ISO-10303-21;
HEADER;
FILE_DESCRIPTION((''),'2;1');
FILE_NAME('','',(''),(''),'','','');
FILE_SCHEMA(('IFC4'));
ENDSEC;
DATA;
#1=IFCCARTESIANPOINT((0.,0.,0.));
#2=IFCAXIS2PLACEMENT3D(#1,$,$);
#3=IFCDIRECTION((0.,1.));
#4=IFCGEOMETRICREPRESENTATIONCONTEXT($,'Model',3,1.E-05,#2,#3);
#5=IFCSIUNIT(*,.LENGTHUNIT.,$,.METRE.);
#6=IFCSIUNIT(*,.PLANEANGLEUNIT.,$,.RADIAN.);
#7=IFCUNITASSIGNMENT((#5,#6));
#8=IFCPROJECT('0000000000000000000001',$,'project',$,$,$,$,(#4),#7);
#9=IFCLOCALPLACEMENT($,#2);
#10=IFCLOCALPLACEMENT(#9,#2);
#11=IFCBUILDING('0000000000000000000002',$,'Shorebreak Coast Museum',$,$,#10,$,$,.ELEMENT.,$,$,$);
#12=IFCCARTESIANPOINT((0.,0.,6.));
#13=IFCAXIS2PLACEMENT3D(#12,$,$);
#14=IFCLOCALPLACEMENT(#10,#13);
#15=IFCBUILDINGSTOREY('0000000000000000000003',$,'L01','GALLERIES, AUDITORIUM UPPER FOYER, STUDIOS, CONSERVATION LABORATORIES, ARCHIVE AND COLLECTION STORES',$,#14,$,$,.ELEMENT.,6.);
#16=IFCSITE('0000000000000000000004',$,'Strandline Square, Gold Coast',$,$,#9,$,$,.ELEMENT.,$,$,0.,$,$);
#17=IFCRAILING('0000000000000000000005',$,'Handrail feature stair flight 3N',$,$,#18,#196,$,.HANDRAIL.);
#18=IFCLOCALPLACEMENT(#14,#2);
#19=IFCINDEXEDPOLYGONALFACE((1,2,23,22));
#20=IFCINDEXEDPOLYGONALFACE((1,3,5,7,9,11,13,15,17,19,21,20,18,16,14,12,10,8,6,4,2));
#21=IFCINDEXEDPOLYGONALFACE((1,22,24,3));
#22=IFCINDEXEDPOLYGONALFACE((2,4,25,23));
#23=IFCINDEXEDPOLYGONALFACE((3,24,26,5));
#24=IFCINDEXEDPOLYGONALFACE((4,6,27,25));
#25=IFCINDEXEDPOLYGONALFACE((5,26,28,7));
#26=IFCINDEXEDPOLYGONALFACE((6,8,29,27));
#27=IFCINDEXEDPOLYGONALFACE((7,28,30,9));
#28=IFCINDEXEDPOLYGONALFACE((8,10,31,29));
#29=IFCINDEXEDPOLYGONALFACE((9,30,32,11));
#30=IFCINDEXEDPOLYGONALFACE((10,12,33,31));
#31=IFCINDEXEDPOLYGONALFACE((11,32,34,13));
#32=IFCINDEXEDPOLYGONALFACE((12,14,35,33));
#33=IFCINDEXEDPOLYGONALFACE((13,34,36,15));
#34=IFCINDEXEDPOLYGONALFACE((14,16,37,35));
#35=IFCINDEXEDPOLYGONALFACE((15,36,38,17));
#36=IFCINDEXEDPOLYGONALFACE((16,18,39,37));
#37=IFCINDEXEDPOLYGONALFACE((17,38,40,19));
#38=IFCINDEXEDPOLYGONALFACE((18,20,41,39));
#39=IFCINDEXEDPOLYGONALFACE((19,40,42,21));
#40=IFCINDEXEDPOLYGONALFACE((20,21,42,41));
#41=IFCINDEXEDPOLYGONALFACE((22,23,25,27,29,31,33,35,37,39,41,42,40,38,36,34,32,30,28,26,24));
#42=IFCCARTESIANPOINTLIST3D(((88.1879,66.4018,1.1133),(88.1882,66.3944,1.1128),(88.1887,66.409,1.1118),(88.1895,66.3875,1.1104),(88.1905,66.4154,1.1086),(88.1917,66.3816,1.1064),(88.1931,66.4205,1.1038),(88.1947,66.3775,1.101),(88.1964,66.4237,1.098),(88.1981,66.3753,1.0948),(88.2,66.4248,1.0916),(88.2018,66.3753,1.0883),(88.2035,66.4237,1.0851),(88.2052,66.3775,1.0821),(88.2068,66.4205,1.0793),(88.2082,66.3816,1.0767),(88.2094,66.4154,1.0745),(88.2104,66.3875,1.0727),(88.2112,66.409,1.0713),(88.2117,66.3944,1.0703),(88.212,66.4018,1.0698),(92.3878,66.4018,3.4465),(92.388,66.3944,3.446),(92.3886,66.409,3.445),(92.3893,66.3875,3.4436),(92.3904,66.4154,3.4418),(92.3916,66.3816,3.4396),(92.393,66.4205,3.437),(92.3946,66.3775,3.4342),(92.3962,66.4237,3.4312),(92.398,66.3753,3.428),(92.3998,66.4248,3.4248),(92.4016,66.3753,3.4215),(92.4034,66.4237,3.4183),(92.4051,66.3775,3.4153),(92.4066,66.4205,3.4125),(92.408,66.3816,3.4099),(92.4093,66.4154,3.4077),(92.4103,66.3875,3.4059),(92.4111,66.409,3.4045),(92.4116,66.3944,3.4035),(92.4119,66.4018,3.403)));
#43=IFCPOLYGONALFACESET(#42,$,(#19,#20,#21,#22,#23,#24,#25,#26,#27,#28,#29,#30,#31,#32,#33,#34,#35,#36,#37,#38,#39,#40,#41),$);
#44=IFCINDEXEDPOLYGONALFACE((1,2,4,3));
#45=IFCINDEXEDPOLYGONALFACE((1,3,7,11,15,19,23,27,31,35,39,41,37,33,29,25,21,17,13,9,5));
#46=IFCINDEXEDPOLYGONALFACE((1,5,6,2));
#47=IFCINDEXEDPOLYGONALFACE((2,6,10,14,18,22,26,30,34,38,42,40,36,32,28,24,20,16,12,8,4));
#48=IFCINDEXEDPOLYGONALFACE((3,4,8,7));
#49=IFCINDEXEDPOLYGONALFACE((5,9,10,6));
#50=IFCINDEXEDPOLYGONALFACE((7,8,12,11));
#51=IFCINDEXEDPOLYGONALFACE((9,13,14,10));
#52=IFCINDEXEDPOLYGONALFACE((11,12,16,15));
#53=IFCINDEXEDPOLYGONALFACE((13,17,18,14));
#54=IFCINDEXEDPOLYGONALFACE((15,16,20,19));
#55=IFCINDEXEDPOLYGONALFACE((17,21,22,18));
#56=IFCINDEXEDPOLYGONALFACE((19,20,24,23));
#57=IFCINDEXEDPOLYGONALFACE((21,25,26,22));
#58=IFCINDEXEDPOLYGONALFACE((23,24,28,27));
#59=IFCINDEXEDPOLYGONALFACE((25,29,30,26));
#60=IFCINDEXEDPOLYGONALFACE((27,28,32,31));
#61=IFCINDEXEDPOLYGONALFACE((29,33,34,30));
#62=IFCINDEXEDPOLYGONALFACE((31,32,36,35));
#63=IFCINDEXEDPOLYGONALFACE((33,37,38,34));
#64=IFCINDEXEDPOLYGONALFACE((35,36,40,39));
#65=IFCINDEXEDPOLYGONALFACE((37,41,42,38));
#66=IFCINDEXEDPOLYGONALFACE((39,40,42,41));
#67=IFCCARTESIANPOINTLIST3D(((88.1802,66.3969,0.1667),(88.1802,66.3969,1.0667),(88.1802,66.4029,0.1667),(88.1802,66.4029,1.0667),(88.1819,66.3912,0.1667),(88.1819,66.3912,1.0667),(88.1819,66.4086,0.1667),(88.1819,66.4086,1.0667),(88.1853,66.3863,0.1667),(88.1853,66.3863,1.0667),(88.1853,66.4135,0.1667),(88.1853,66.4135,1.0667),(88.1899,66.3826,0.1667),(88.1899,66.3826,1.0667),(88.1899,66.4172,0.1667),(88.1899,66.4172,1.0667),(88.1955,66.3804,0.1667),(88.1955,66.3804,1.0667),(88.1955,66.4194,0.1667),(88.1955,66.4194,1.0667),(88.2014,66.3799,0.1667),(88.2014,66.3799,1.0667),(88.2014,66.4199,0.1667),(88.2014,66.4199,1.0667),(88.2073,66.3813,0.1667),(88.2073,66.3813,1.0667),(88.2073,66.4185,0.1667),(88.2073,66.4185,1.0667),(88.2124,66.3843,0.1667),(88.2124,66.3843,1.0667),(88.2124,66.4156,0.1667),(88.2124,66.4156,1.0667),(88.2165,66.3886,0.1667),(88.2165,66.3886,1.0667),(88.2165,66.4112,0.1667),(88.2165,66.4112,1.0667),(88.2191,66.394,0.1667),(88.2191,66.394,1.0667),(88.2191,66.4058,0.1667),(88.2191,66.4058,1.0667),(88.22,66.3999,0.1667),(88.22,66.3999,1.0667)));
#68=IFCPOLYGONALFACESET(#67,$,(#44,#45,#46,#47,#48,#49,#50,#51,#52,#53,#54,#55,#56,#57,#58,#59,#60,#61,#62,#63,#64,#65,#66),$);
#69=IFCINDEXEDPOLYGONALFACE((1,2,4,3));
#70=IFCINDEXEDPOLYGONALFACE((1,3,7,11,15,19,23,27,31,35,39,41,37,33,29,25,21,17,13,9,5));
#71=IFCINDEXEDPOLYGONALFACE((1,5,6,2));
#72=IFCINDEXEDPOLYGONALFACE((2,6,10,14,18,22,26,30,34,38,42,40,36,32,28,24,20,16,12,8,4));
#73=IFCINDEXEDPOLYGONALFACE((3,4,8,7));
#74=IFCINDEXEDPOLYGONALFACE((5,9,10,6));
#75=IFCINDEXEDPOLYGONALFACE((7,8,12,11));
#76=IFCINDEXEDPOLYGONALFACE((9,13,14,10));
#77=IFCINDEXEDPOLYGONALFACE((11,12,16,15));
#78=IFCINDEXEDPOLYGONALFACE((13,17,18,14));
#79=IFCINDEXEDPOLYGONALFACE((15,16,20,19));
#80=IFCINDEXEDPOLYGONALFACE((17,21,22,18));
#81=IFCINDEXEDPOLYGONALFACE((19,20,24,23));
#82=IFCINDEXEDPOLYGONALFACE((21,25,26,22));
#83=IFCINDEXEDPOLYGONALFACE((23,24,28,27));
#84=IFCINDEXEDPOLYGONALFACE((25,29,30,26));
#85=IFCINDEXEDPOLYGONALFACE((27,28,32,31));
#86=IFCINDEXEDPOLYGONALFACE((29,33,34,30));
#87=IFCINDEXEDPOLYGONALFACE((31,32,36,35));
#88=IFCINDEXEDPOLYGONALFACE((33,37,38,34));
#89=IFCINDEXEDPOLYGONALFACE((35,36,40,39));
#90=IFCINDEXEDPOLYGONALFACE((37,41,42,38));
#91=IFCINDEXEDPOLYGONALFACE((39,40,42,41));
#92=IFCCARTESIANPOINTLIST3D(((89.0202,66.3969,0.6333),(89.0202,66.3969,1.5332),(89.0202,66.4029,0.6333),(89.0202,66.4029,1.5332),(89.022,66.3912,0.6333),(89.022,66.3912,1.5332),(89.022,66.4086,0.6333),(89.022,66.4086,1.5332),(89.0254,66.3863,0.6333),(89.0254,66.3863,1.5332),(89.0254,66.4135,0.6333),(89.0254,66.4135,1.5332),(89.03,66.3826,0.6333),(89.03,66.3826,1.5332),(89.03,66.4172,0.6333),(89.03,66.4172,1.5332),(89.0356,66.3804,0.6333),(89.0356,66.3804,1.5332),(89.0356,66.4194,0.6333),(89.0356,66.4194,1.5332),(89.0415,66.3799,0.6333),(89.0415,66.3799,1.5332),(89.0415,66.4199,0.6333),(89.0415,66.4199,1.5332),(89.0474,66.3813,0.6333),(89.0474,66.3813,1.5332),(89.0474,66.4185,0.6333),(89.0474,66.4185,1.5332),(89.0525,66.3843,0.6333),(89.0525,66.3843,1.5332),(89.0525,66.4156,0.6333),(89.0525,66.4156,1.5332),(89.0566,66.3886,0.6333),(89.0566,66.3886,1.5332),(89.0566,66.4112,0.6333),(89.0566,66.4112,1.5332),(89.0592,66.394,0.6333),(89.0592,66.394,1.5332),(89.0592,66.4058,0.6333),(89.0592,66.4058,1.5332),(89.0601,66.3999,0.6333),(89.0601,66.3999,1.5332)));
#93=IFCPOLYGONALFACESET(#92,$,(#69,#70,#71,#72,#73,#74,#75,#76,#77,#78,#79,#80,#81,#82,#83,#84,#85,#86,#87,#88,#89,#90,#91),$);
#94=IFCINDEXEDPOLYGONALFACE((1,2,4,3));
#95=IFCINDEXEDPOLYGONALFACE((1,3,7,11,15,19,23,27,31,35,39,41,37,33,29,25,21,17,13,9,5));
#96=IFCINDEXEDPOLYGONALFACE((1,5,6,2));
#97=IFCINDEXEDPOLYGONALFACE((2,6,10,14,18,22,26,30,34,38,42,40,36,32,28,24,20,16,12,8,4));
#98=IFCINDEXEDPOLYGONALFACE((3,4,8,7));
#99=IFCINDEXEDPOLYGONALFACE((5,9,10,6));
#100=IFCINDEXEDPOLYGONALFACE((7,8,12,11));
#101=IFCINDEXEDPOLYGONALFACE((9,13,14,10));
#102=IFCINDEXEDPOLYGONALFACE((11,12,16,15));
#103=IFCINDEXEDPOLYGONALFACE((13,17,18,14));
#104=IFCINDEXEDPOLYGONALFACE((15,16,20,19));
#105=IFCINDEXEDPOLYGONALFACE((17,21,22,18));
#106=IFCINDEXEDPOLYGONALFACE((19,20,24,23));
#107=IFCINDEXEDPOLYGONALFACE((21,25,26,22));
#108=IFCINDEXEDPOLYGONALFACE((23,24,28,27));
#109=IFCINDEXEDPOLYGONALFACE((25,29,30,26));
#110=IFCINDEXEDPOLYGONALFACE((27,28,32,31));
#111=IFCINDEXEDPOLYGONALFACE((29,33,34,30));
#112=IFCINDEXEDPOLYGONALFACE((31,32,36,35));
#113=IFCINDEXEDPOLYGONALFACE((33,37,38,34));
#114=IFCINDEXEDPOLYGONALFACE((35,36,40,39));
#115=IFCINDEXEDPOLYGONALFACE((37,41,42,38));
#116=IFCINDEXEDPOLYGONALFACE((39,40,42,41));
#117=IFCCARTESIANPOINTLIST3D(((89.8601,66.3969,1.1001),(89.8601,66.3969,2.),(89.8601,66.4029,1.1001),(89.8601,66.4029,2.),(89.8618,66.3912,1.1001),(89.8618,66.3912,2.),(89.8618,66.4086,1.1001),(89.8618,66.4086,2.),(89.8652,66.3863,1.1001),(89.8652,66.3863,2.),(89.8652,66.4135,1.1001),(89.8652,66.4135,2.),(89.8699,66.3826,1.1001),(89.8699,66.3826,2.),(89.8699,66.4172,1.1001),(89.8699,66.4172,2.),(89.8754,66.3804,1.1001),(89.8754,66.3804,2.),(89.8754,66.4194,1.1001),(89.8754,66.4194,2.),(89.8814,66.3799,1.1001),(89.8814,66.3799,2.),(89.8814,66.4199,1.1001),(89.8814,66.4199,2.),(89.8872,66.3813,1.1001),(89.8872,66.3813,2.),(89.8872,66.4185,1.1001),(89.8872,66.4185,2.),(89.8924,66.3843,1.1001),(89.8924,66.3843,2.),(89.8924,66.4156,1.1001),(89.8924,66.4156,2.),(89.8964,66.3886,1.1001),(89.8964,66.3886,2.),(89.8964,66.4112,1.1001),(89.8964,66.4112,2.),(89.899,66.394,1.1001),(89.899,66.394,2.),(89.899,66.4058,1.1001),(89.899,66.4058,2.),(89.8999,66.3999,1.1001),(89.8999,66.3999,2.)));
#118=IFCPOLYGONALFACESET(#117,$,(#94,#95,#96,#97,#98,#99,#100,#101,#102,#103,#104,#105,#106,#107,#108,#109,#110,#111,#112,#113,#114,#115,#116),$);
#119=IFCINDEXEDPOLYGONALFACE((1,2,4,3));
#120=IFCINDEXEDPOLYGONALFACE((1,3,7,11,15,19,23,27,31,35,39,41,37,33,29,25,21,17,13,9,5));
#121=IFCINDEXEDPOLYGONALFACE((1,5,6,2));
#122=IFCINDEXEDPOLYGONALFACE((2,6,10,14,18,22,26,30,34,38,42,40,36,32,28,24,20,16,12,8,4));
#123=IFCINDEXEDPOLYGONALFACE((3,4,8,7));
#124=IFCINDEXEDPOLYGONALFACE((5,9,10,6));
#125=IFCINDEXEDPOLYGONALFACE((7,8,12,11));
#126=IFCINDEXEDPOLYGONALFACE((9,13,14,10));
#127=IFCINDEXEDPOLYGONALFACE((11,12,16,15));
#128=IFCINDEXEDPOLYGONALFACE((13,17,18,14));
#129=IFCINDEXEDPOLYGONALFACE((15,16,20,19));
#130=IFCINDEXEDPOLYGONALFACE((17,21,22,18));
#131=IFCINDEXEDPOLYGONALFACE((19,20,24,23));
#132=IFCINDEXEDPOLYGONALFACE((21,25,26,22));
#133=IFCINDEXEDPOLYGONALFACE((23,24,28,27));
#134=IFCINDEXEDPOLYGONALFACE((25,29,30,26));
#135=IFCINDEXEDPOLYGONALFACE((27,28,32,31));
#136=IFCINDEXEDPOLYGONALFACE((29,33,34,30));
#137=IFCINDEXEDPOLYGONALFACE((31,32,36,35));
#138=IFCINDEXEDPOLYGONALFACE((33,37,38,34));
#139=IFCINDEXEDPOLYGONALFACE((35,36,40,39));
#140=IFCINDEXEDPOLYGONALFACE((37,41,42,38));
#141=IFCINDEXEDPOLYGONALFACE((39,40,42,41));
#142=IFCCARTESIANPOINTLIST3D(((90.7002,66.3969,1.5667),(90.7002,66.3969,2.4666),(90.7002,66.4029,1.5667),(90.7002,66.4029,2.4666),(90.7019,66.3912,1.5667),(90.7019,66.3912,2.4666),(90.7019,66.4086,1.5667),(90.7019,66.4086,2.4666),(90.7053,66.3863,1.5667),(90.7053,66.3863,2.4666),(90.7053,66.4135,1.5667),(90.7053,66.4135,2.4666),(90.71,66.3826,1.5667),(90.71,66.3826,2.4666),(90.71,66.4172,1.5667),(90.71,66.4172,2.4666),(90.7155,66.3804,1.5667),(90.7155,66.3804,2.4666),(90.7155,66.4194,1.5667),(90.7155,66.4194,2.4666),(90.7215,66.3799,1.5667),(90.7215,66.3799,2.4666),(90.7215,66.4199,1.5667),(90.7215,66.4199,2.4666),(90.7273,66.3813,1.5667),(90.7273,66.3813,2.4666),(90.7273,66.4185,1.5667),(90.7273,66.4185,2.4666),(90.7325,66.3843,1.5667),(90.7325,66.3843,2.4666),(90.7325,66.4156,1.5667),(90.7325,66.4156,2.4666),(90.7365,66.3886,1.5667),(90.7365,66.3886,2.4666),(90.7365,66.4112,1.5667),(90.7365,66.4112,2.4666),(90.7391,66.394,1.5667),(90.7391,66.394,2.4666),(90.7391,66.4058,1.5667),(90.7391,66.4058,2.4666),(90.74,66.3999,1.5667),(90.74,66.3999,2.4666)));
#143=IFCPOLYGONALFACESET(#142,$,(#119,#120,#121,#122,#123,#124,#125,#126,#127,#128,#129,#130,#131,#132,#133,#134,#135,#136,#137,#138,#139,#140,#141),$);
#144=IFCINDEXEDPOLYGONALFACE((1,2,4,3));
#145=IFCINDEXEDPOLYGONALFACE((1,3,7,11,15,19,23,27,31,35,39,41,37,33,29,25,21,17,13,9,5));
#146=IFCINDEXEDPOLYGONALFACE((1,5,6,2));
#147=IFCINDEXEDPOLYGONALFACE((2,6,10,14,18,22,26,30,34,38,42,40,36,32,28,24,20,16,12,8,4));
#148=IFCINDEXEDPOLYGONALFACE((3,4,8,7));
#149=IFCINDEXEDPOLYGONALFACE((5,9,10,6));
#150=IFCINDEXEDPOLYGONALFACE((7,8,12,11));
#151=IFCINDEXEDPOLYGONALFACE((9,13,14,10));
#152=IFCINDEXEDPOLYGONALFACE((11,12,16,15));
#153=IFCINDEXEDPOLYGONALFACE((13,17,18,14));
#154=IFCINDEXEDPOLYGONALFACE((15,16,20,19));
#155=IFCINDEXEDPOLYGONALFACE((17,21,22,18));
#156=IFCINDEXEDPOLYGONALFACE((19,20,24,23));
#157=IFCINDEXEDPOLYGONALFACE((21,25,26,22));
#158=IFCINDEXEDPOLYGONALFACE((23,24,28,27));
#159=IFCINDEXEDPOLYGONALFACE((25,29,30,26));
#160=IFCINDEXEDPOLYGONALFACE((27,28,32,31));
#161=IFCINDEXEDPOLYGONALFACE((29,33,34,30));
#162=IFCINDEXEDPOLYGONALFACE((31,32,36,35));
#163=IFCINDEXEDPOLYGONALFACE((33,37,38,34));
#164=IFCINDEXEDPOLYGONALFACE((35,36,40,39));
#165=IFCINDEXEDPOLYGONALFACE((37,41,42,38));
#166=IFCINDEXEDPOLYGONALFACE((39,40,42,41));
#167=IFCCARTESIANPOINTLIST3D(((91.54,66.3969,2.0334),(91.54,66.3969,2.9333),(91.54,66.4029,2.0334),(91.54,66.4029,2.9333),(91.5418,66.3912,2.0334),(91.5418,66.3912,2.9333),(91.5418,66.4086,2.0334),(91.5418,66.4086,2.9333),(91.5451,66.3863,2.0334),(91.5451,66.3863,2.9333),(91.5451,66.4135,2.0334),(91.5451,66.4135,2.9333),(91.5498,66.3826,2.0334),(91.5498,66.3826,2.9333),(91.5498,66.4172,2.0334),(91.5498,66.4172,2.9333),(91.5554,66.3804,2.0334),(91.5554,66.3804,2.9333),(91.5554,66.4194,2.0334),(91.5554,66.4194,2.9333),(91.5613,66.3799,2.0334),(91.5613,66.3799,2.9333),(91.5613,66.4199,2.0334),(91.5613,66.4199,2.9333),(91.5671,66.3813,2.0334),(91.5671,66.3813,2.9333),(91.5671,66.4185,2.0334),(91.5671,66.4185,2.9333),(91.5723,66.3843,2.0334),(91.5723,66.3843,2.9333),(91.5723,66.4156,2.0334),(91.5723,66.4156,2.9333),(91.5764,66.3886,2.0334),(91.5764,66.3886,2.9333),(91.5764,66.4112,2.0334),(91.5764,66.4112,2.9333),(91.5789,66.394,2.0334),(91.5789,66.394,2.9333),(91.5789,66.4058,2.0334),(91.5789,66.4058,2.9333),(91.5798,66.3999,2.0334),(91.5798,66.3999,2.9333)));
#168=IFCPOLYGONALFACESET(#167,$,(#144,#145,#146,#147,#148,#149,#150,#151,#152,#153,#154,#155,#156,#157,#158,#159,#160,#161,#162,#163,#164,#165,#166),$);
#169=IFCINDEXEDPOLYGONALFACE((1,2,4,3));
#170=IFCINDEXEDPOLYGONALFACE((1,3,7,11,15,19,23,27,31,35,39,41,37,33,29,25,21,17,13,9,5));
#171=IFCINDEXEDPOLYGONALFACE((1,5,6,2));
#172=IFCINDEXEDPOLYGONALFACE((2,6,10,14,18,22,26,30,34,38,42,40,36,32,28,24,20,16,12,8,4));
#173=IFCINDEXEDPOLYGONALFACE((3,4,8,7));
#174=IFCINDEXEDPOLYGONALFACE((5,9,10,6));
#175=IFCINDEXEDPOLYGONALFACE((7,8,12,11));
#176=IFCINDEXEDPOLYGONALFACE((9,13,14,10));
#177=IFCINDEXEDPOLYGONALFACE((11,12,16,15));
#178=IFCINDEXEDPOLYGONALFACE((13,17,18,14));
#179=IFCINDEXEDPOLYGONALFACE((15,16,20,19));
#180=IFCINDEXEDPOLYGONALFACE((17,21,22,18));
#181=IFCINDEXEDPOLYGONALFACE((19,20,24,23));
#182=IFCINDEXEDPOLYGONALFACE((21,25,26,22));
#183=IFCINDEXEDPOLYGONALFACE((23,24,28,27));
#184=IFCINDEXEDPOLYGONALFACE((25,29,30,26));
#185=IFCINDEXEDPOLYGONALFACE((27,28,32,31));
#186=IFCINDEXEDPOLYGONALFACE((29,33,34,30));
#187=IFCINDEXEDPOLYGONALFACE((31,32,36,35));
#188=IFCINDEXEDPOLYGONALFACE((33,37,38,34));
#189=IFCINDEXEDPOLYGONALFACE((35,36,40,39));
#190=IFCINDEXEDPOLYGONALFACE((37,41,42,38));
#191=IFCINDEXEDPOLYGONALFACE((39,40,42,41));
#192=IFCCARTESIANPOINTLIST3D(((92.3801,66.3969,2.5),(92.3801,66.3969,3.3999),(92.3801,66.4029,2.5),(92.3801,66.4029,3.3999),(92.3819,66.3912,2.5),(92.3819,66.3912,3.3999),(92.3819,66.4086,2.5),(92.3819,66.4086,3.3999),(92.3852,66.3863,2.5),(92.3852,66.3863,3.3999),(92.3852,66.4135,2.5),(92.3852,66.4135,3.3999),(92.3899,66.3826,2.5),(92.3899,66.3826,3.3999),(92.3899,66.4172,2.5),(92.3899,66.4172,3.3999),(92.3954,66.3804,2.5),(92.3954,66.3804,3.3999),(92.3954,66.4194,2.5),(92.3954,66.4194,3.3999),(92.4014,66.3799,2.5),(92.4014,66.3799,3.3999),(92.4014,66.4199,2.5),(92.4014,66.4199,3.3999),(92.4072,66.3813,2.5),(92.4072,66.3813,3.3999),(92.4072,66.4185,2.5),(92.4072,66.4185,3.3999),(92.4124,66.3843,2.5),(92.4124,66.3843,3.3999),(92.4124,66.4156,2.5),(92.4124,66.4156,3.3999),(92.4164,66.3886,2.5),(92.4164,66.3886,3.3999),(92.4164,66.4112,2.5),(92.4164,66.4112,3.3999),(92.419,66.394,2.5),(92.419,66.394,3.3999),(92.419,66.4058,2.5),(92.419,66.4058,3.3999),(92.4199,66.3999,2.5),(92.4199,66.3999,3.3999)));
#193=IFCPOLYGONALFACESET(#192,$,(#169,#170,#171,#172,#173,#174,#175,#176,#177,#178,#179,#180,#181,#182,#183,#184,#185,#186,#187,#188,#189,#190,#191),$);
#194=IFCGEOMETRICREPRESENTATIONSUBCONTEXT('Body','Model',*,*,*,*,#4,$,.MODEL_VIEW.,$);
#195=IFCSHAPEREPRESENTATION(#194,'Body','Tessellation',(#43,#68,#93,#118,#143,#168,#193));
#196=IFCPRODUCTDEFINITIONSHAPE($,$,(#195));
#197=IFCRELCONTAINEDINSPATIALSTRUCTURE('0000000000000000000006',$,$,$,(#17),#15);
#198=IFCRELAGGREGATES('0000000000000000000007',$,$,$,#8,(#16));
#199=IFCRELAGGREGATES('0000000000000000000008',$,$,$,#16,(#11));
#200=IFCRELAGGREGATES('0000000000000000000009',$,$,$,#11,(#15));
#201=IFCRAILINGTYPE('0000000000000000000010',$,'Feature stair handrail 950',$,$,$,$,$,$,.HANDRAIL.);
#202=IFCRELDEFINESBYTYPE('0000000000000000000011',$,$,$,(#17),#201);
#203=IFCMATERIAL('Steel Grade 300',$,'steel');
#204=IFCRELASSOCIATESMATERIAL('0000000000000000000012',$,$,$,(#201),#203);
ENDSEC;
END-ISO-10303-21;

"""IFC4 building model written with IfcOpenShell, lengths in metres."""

from ifc_helpers import new_model, si_unit, direction, frame, origin, origin_2d, place, context, subcontext, project, spatial, circle, extrude, material, type_object, element, save


model = new_model("IFC4")

# Units and contexts
model_context = context("Model", 3, precision=1e-05, world=origin(), true_north=direction((0.0, 1.0)))
body_context = subcontext(model_context, "Body", "Model", "MODEL_VIEW")
ifc_project = project(units=[si_unit("LENGTHUNIT", "METRE"), si_unit("PLANEANGLEUNIT", "RADIAN")], contexts=[model_context])

# Site, building, storey
site_placement = place(None, origin())
site = spatial("IfcSite", under=ifc_project, at=site_placement, Name="Strandline Square, Gold Coast", CompositionType="ELEMENT", RefElevation=0.0)
building_placement = place(site_placement, origin())
building = spatial("IfcBuilding", under=site, at=building_placement, Name="Shorebreak Coast Museum", CompositionType="ELEMENT")
storey_placement = place(building_placement, frame((0.0, 0.0, 6.0)))
storey = spatial("IfcBuildingStorey", under=building, at=storey_placement, Name="L01", Description="GALLERIES, AUDITORIUM UPPER FOYER, STUDIOS, CONSERVATION LABORATORIES, ARCHIVE AND COLLECTION STORES", CompositionType="ELEMENT", Elevation=6.0)

# Railing
ifc_material_1 = material(Name="Steel Grade 300", Category="steel")
railing_type_1 = type_object("IfcRailingType", Name="Feature stair handrail 950", PredefinedType="HANDRAIL", material=ifc_material_1)
for number, where, name in (
    (1, (88.2, 66.3999, 0.1667), "Handrail feature stair flight 3N"),
):
    element("IfcRailing", number, at=place(storey_placement, frame(where)), inside=storey, type_object=railing_type_1, Name=name, PredefinedType="HANDRAIL", context=body_context, shape_type="SweptSolid", body=[
        extrude(circle(Radius=0.0249, at=origin_2d()), frame((0.0, 0.0, 0.9248), z_axis=(0.874162, 0.0, 0.485634), x_axis=(0.0, 1.0, 0.0)), (0.0, 0.0, 1.0), 4.8044),
        extrude(circle(Radius=0.02, at=origin_2d()), origin(), (0.0, 0.0, 1.0), 0.8999),
        extrude(circle(Radius=0.02, at=origin_2d()), frame((0.8401, 0.0, 0.4666)), (0.0, 0.0, 1.0), 0.8999),
        extrude(circle(Radius=0.02, at=origin_2d()), frame((1.6799, 0.0, 0.9333)), (0.0, 0.0, 1.0), 0.8999),
        extrude(circle(Radius=0.02, at=origin_2d()), frame((2.52, 0.0, 1.3999)), (0.0, 0.0, 1.0), 0.8999),
        extrude(circle(Radius=0.02, at=origin_2d()), frame((3.3599, 0.0, 1.8667)), (0.0, 0.0, 1.0), 0.8999),
        extrude(circle(Radius=0.02, at=origin_2d()), frame((4.2, 0.0, 2.3333)), (0.0, 0.0, 1.0), 0.8999),
    ])

save(model, "model.ifc")
